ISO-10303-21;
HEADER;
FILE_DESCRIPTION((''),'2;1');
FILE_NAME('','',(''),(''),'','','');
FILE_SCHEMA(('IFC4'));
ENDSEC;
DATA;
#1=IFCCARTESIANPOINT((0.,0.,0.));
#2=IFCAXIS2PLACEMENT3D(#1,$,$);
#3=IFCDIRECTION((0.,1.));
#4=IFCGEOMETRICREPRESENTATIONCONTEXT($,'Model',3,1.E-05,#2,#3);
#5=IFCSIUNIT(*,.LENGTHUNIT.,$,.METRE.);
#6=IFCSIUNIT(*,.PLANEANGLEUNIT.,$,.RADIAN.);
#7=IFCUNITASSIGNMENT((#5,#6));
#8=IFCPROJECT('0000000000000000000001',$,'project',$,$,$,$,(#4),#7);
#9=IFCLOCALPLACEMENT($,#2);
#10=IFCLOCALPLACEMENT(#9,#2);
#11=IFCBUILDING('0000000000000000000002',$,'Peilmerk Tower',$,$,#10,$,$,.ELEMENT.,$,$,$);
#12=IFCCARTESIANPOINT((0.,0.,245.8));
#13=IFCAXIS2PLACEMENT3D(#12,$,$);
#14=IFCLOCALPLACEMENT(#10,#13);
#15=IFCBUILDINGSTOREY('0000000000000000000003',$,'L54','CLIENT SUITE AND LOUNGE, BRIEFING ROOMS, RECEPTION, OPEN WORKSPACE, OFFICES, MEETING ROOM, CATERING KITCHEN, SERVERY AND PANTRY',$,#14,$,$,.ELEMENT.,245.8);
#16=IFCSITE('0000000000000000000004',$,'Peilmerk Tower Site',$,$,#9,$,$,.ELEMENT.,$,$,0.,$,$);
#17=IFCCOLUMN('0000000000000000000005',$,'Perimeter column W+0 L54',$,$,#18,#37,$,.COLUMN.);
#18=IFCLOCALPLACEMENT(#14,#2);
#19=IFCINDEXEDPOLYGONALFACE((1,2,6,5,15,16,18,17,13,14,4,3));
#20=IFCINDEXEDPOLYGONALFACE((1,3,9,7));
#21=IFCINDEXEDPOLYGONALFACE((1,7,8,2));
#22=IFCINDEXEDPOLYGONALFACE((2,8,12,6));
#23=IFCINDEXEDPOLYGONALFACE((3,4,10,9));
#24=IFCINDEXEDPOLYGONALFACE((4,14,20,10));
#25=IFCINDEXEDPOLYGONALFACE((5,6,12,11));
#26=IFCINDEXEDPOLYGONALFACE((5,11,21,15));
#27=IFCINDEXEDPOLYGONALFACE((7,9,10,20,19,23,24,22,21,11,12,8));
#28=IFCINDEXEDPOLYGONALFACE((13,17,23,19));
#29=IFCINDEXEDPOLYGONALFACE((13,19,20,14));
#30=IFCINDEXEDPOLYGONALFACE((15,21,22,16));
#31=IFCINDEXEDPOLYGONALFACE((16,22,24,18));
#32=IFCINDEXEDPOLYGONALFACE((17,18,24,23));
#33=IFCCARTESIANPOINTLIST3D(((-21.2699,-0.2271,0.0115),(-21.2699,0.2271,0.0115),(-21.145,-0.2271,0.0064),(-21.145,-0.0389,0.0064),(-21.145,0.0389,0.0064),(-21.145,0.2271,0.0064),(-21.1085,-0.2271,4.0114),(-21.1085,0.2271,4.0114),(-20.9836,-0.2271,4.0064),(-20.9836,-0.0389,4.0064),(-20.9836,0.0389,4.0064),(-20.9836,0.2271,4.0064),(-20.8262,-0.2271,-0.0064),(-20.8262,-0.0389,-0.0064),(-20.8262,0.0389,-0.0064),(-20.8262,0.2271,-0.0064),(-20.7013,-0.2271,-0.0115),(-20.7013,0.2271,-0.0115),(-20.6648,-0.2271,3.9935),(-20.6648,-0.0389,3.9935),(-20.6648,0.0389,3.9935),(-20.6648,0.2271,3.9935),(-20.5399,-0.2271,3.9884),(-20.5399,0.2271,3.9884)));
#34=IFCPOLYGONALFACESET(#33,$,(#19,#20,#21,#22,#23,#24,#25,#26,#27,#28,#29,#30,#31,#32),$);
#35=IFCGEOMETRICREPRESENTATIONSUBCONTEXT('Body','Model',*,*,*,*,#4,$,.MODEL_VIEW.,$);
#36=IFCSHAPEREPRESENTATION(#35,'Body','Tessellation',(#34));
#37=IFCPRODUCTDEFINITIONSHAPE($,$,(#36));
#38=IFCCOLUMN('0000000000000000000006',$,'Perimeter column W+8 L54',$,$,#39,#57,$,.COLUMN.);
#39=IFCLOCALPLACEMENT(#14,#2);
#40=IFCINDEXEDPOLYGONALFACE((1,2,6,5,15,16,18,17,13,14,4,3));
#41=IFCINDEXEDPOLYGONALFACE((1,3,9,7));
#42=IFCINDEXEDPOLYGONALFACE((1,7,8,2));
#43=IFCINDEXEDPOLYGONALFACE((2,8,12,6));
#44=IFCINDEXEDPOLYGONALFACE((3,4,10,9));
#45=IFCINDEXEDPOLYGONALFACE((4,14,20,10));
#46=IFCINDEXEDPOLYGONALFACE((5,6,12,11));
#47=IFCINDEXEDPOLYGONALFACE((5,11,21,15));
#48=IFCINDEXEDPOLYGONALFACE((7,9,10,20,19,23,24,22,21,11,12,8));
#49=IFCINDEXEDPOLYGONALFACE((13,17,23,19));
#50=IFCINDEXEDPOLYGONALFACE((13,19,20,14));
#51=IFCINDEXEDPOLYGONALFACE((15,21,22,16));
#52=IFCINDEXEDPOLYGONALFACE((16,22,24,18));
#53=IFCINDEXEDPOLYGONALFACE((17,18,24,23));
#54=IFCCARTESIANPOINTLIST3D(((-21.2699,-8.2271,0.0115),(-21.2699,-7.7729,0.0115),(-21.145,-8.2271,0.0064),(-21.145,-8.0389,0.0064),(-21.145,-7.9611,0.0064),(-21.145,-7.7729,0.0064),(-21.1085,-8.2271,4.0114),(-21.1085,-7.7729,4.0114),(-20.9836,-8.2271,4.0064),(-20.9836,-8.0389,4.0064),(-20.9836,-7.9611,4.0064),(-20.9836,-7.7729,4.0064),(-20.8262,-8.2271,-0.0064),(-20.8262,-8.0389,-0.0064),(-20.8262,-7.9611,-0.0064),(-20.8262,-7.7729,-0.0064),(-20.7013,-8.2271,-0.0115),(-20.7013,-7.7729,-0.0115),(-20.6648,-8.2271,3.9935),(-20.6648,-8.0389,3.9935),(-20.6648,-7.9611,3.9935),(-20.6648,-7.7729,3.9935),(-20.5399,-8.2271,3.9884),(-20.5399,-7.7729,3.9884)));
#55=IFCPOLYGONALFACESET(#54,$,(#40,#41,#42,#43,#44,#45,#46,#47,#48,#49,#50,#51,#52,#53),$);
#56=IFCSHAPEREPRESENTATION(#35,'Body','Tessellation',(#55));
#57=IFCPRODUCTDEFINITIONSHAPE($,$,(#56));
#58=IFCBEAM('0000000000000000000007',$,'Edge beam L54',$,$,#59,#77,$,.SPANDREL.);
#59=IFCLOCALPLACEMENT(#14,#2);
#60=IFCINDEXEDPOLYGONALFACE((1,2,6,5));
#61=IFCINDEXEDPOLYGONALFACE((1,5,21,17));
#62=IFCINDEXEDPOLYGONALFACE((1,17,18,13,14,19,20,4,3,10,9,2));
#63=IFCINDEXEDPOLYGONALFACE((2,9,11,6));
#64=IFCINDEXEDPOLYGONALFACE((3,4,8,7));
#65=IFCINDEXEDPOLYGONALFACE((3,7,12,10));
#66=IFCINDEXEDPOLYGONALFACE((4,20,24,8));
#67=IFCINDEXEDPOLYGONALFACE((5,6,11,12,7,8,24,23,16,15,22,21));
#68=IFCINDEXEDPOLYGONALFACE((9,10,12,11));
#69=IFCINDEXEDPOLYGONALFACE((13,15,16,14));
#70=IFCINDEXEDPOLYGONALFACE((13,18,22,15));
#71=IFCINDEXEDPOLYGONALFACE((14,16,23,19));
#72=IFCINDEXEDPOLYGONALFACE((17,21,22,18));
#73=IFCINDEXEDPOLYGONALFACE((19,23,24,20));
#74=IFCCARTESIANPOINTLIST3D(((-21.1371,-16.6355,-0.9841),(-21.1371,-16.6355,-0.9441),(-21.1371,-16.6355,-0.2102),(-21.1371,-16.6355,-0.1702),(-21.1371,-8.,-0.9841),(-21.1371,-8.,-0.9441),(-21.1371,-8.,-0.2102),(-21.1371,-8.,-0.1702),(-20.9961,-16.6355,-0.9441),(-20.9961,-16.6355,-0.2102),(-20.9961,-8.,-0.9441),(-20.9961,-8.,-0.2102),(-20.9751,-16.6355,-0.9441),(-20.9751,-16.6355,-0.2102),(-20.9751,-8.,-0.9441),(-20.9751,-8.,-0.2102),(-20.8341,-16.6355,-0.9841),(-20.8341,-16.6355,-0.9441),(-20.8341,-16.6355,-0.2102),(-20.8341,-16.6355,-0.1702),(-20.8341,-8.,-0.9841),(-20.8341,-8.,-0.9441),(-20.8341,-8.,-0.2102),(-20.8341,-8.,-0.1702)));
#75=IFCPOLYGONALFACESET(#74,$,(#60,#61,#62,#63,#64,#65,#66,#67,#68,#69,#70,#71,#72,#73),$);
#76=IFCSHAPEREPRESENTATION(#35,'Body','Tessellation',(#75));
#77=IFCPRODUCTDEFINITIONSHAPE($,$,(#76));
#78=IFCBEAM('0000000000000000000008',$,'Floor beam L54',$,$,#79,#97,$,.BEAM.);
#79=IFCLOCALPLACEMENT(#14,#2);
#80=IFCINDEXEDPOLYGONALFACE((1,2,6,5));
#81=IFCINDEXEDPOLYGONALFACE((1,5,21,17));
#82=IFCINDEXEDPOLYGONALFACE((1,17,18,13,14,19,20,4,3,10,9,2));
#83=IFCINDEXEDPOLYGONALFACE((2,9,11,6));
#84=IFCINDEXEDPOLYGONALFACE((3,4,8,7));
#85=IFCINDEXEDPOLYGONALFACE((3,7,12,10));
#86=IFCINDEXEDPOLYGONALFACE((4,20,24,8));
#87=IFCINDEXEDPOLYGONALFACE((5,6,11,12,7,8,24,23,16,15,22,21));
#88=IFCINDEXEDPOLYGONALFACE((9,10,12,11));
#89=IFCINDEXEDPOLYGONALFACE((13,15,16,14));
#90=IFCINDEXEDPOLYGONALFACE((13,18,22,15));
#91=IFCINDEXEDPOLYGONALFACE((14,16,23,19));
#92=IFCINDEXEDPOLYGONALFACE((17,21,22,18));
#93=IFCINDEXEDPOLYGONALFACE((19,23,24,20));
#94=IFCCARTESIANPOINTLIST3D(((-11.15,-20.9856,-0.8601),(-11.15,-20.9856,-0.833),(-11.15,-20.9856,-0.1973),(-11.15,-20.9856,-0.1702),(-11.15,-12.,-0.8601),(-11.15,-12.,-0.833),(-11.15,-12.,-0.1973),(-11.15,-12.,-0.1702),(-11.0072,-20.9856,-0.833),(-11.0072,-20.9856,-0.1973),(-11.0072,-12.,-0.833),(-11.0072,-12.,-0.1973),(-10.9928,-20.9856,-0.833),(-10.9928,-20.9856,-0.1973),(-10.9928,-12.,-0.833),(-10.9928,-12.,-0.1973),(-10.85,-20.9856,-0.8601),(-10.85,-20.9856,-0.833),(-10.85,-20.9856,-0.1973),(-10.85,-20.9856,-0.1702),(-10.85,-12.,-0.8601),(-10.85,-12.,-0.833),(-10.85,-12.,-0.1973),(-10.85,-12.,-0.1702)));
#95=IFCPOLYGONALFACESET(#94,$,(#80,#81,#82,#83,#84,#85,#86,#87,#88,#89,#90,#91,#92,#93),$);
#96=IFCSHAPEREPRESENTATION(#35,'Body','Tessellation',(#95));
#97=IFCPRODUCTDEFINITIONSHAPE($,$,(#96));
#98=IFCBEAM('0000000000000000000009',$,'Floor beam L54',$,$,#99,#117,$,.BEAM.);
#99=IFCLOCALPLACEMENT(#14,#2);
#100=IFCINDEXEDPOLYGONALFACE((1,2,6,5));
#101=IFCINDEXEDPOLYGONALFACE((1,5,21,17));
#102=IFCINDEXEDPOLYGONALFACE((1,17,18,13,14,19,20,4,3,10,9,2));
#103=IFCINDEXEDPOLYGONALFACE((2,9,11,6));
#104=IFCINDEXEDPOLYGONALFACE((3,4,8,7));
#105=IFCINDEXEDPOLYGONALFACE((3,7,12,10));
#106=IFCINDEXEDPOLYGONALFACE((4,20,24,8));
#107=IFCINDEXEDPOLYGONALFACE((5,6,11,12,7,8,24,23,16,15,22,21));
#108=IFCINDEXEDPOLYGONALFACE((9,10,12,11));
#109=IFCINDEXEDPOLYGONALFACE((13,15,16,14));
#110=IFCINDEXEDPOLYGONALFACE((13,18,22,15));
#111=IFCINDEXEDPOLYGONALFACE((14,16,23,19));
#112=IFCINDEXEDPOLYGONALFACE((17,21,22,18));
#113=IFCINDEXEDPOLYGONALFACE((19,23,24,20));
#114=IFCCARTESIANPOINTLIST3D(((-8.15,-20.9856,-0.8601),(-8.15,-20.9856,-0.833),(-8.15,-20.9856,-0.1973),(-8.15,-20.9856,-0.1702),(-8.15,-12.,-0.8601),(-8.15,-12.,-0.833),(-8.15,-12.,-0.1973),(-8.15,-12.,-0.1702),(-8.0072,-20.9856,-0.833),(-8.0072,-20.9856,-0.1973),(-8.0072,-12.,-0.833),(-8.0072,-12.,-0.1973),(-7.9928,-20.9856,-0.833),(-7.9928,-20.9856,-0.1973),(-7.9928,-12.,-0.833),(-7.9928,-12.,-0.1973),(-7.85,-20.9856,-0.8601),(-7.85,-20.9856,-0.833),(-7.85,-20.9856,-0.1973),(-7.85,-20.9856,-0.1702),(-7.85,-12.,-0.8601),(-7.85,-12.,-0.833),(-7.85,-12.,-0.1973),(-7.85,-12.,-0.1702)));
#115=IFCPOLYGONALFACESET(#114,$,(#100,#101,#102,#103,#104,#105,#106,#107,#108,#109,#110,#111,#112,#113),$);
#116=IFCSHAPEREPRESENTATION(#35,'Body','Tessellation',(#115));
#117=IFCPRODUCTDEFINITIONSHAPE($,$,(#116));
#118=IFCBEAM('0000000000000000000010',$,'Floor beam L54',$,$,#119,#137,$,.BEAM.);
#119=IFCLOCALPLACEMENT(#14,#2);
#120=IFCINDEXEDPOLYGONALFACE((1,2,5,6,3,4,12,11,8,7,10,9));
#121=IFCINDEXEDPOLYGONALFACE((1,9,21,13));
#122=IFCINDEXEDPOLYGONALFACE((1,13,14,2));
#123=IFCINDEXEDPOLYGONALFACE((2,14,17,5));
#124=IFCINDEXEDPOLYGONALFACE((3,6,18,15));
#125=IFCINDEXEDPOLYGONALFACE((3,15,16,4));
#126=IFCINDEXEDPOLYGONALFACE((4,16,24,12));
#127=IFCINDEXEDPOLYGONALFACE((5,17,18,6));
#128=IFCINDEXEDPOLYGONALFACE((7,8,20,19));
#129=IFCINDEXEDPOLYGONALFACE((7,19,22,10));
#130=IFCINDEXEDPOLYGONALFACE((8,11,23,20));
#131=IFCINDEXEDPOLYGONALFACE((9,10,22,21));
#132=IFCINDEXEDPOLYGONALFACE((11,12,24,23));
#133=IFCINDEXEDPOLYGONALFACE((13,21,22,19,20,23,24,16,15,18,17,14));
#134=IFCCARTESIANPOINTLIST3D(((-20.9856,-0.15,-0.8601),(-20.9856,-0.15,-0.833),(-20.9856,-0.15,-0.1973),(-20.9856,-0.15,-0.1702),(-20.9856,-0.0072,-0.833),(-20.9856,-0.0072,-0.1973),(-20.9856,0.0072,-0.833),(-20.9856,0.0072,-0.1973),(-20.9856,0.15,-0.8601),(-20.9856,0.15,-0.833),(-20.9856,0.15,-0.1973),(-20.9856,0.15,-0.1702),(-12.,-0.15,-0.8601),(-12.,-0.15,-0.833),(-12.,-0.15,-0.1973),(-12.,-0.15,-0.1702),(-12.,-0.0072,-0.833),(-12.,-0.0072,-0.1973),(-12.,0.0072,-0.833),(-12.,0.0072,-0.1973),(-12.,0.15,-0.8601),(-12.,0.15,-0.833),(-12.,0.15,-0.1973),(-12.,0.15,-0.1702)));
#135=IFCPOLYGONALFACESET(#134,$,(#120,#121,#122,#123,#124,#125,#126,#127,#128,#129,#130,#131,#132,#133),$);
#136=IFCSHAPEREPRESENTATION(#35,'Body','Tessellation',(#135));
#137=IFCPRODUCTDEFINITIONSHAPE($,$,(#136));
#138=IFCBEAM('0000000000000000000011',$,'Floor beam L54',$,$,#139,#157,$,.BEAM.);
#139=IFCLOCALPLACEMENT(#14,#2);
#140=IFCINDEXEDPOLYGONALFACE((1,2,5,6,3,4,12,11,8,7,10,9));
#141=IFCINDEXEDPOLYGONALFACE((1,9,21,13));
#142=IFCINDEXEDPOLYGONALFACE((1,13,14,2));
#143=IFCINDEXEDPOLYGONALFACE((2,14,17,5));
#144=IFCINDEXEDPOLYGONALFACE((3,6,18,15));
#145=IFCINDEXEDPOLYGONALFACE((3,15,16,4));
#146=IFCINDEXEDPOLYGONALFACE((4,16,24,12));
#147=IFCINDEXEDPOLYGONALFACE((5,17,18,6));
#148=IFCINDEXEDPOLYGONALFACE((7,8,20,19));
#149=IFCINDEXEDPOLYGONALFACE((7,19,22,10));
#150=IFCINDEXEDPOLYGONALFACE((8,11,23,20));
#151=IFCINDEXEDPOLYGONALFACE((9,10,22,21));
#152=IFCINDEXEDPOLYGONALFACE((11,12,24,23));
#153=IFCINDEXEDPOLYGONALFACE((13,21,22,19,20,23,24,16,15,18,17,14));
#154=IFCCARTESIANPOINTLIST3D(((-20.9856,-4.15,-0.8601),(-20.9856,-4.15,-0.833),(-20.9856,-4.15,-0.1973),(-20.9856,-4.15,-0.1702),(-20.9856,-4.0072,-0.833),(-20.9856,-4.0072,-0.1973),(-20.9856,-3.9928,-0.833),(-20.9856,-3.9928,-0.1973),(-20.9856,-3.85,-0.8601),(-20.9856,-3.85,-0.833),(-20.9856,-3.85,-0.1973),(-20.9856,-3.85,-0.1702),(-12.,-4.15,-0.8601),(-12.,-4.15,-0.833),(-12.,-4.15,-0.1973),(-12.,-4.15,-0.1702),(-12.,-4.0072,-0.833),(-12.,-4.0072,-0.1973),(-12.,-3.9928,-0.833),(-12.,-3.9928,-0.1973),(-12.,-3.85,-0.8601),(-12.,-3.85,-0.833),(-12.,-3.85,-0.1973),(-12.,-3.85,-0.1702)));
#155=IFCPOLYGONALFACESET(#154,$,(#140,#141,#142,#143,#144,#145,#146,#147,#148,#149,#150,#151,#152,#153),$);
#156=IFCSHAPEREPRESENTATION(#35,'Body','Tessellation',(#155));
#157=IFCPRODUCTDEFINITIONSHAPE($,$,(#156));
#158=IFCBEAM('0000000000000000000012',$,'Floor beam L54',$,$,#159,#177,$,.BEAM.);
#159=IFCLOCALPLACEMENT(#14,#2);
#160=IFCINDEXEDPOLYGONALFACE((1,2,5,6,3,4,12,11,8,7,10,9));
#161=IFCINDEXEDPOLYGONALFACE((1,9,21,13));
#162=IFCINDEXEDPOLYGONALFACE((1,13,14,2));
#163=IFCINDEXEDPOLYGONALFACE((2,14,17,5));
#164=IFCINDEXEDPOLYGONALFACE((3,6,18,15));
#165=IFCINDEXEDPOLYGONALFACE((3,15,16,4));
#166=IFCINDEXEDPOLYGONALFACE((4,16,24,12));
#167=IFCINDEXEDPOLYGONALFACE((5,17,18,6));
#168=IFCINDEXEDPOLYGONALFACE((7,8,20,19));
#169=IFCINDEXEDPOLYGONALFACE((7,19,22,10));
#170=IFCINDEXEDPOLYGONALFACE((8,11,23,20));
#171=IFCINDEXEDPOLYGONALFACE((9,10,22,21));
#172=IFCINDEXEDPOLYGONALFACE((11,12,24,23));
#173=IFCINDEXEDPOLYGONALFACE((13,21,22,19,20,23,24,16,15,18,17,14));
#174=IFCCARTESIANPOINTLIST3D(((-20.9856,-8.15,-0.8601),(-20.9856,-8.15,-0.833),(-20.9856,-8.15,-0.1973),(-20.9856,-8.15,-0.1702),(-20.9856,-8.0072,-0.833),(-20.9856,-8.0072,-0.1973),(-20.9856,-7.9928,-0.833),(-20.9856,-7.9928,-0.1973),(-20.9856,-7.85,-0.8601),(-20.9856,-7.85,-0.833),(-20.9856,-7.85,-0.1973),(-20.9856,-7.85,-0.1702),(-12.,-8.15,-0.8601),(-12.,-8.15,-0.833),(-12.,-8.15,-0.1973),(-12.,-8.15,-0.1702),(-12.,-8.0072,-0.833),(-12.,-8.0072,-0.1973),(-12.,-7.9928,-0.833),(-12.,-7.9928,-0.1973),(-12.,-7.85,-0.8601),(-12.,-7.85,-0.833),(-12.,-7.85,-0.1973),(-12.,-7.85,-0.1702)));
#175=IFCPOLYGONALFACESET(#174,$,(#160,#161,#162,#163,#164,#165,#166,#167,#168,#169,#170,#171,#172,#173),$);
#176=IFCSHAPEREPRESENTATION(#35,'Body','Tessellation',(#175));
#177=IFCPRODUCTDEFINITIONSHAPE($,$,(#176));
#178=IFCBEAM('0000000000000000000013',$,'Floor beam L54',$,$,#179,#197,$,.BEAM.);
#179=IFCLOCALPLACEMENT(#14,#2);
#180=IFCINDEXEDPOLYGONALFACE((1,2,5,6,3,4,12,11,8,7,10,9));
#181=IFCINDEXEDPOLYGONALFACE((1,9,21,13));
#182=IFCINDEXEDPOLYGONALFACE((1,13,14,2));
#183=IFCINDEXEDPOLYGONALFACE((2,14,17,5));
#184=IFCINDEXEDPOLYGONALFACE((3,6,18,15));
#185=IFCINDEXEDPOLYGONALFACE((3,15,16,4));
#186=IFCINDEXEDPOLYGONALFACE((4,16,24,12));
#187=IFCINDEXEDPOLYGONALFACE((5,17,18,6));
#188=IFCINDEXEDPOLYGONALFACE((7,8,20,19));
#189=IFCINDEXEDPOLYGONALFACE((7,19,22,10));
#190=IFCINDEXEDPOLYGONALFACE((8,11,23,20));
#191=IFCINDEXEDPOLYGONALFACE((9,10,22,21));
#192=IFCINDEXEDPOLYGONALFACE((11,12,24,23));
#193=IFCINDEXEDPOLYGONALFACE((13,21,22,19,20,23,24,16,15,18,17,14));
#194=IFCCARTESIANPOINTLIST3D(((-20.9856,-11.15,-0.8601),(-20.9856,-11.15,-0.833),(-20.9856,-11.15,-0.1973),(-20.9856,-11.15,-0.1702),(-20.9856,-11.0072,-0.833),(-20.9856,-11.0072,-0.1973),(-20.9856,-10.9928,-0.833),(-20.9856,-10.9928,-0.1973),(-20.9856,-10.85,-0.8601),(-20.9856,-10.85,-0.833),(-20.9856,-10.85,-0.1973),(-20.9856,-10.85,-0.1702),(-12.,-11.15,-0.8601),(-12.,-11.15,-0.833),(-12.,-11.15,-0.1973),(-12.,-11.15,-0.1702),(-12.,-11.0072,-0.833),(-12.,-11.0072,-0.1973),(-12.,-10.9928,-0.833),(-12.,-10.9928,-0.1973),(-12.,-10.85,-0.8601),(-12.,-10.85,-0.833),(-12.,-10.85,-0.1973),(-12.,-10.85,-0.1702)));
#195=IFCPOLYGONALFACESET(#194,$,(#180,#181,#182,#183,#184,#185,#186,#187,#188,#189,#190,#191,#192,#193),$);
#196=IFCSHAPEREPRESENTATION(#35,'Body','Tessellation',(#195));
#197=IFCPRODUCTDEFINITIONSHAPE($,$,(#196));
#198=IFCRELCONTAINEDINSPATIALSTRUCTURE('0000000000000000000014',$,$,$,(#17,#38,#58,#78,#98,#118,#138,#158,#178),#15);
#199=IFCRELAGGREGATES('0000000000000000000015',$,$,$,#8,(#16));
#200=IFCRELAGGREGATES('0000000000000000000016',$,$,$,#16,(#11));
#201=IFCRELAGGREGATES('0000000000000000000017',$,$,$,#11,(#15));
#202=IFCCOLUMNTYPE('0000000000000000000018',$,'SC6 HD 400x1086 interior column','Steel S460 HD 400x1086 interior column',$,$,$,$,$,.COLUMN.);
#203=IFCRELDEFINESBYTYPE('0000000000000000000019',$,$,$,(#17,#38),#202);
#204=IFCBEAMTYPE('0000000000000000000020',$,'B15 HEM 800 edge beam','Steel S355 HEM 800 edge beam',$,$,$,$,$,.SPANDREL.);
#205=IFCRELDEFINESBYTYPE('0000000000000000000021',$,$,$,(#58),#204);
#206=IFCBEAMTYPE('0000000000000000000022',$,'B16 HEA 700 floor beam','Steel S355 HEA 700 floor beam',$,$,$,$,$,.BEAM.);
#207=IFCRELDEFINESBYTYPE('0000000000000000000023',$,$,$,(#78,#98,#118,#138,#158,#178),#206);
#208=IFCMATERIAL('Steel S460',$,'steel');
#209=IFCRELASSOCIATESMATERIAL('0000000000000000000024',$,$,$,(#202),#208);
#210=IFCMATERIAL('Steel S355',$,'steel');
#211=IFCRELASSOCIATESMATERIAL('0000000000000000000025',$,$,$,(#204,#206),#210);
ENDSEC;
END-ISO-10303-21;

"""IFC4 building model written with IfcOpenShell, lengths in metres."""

from ifc_helpers import new_model, si_unit, direction, frame, origin, origin_2d, place, context, subcontext, project, spatial, i_section, extrude, material, material_profile, profile_set, type_object, element, save


model = new_model("IFC4")

# Units and contexts
model_context = context("Model", 3, precision=1e-05, world=origin(), true_north=direction((0.0, 1.0)))
body_context = subcontext(model_context, "Body", "Model", "MODEL_VIEW")
ifc_project = project(units=[si_unit("LENGTHUNIT", "METRE"), si_unit("PLANEANGLEUNIT", "RADIAN")], contexts=[model_context])

# Site, building, storey
site_placement = place(None, origin())
site = spatial("IfcSite", under=ifc_project, at=site_placement, Name="Peilmerk Tower Site", CompositionType="ELEMENT", RefElevation=0.0)
building_placement = place(site_placement, origin())
building = spatial("IfcBuilding", under=site, at=building_placement, Name="Peilmerk Tower", CompositionType="ELEMENT")
storey_placement = place(building_placement, frame((0.0, 0.0, 245.8)))
storey = spatial("IfcBuildingStorey", under=building, at=storey_placement, Name="L54", Description="CLIENT SUITE AND LOUNGE, BRIEFING ROOMS, RECEPTION, OPEN WORKSPACE, OFFICES, MEETING ROOM, CATERING KITCHEN, SERVERY AND PANTRY", CompositionType="ELEMENT", Elevation=245.8)

# Columns
ifc_material_1 = material(Name="Steel S460", Category="steel")
ifc_material_profile_1 = material_profile(ifc_material_1, i_section(OverallWidth=0.4541, OverallDepth=0.5691, WebThickness=0.0779, FlangeThickness=0.125, at=origin_2d()), Name="HD 400x1086")
ifc_profile_set_1 = profile_set([ifc_material_profile_1], Name="Steel S460")
column_type = type_object("IfcColumnType", Name="SC6 HD 400x1086 interior column", Description="Steel S460 HD 400x1086 interior column", PredefinedType="COLUMN", material=ifc_profile_set_1)
for number, where, z_axis, x_axis, name in (
    (1, (-20.9856, 0.0, 0.0), (0.040311, 0.0, 0.999187), (0.0, 1.0, 0.0), "Perimeter column W+0 L54"),
    (2, (-20.9856, -8.0, 0.0), (0.040311, 0.0, 0.999187), (0.0, 1.0, 0.0), "Perimeter column W+8 L54"),
):
    element("IfcColumn", number, at=place(storey_placement, frame(where, z_axis=z_axis, x_axis=x_axis)), inside=storey, type_object=column_type, Name=name, PredefinedType="COLUMN", context=body_context, shape_type="SweptSolid", body=[
        extrude(i_section(OverallWidth=0.4541, OverallDepth=0.5691, WebThickness=0.0779, FlangeThickness=0.125, at=origin_2d()), origin(), (0.0, 0.0, 1.0), 4.0032),
    ])

# Beams
ifc_material_2 = material(Name="Steel S355", Category="steel")
ifc_material_profile_2 = material_profile(ifc_material_2, i_section(OverallWidth=0.303, OverallDepth=0.814, WebThickness=0.021, FlangeThickness=0.04, at=origin_2d()), Name="HEM 800")
ifc_profile_set_2 = profile_set([ifc_material_profile_2], Name="Steel S355")
beam_type_1 = type_object("IfcBeamType", Name="B15 HEM 800 edge beam", Description="Steel S355 HEM 800 edge beam", PredefinedType="SPANDREL", material=ifc_profile_set_2)
beam_1_placement = place(storey_placement, frame((-20.9856, -8.0, -0.5771), z_axis=(0.0, -1.0, 0.0), x_axis=(1.0, 0.0, 0.0)))
element("IfcBeam", 3, at=beam_1_placement, inside=storey, type_object=beam_type_1, Name="Edge beam L54", PredefinedType="SPANDREL", context=body_context, shape_type="SweptSolid", body=[
    extrude(i_section(OverallWidth=0.303, OverallDepth=0.814, WebThickness=0.021, FlangeThickness=0.04, at=origin_2d()), origin(), (0.0, 0.0, 1.0), 8.6355),
])
ifc_material_profile_3 = material_profile(ifc_material_2, i_section(OverallWidth=0.3, OverallDepth=0.6899, WebThickness=0.0144, FlangeThickness=0.0271, at=origin_2d()), Name="HEA 700")
ifc_profile_set_3 = profile_set([ifc_material_profile_3], Name="Steel S355")
beam_type_2 = type_object("IfcBeamType", Name="B16 HEA 700 floor beam", Description="Steel S355 HEA 700 floor beam", PredefinedType="BEAM", material=ifc_profile_set_3)
for number, where, z_axis, x_axis, name in (
    (4, (-11.0, -12.0, -0.5151), (0.0, -1.0, 0.0), (1.0, 0.0, 0.0), "Floor beam L54"),
    (5, (-8.0, -12.0, -0.5151), (0.0, -1.0, 0.0), (1.0, 0.0, 0.0), "Floor beam L54"),
    (6, (-12.0, 0.0, -0.5151), (-1.0, 0.0, 0.0), (0.0, -1.0, 0.0), "Floor beam L54"),
    (7, (-12.0, -4.0, -0.5151), (-1.0, 0.0, 0.0), (0.0, -1.0, 0.0), "Floor beam L54"),
    (8, (-12.0, -8.0, -0.5151), (-1.0, 0.0, 0.0), (0.0, -1.0, 0.0), "Floor beam L54"),
    (9, (-12.0, -11.0, -0.5151), (-1.0, 0.0, 0.0), (0.0, -1.0, 0.0), "Floor beam L54"),
):
    element("IfcBeam", number, at=place(storey_placement, frame(where, z_axis=z_axis, x_axis=x_axis)), inside=storey, type_object=beam_type_2, Name=name, PredefinedType="BEAM", context=body_context, shape_type="SweptSolid", body=[
        extrude(i_section(OverallWidth=0.3, OverallDepth=0.6899, WebThickness=0.0144, FlangeThickness=0.0271, at=origin_2d()), origin(), (0.0, 0.0, 1.0), 8.9856),
    ])

save(model, "model.ifc")
